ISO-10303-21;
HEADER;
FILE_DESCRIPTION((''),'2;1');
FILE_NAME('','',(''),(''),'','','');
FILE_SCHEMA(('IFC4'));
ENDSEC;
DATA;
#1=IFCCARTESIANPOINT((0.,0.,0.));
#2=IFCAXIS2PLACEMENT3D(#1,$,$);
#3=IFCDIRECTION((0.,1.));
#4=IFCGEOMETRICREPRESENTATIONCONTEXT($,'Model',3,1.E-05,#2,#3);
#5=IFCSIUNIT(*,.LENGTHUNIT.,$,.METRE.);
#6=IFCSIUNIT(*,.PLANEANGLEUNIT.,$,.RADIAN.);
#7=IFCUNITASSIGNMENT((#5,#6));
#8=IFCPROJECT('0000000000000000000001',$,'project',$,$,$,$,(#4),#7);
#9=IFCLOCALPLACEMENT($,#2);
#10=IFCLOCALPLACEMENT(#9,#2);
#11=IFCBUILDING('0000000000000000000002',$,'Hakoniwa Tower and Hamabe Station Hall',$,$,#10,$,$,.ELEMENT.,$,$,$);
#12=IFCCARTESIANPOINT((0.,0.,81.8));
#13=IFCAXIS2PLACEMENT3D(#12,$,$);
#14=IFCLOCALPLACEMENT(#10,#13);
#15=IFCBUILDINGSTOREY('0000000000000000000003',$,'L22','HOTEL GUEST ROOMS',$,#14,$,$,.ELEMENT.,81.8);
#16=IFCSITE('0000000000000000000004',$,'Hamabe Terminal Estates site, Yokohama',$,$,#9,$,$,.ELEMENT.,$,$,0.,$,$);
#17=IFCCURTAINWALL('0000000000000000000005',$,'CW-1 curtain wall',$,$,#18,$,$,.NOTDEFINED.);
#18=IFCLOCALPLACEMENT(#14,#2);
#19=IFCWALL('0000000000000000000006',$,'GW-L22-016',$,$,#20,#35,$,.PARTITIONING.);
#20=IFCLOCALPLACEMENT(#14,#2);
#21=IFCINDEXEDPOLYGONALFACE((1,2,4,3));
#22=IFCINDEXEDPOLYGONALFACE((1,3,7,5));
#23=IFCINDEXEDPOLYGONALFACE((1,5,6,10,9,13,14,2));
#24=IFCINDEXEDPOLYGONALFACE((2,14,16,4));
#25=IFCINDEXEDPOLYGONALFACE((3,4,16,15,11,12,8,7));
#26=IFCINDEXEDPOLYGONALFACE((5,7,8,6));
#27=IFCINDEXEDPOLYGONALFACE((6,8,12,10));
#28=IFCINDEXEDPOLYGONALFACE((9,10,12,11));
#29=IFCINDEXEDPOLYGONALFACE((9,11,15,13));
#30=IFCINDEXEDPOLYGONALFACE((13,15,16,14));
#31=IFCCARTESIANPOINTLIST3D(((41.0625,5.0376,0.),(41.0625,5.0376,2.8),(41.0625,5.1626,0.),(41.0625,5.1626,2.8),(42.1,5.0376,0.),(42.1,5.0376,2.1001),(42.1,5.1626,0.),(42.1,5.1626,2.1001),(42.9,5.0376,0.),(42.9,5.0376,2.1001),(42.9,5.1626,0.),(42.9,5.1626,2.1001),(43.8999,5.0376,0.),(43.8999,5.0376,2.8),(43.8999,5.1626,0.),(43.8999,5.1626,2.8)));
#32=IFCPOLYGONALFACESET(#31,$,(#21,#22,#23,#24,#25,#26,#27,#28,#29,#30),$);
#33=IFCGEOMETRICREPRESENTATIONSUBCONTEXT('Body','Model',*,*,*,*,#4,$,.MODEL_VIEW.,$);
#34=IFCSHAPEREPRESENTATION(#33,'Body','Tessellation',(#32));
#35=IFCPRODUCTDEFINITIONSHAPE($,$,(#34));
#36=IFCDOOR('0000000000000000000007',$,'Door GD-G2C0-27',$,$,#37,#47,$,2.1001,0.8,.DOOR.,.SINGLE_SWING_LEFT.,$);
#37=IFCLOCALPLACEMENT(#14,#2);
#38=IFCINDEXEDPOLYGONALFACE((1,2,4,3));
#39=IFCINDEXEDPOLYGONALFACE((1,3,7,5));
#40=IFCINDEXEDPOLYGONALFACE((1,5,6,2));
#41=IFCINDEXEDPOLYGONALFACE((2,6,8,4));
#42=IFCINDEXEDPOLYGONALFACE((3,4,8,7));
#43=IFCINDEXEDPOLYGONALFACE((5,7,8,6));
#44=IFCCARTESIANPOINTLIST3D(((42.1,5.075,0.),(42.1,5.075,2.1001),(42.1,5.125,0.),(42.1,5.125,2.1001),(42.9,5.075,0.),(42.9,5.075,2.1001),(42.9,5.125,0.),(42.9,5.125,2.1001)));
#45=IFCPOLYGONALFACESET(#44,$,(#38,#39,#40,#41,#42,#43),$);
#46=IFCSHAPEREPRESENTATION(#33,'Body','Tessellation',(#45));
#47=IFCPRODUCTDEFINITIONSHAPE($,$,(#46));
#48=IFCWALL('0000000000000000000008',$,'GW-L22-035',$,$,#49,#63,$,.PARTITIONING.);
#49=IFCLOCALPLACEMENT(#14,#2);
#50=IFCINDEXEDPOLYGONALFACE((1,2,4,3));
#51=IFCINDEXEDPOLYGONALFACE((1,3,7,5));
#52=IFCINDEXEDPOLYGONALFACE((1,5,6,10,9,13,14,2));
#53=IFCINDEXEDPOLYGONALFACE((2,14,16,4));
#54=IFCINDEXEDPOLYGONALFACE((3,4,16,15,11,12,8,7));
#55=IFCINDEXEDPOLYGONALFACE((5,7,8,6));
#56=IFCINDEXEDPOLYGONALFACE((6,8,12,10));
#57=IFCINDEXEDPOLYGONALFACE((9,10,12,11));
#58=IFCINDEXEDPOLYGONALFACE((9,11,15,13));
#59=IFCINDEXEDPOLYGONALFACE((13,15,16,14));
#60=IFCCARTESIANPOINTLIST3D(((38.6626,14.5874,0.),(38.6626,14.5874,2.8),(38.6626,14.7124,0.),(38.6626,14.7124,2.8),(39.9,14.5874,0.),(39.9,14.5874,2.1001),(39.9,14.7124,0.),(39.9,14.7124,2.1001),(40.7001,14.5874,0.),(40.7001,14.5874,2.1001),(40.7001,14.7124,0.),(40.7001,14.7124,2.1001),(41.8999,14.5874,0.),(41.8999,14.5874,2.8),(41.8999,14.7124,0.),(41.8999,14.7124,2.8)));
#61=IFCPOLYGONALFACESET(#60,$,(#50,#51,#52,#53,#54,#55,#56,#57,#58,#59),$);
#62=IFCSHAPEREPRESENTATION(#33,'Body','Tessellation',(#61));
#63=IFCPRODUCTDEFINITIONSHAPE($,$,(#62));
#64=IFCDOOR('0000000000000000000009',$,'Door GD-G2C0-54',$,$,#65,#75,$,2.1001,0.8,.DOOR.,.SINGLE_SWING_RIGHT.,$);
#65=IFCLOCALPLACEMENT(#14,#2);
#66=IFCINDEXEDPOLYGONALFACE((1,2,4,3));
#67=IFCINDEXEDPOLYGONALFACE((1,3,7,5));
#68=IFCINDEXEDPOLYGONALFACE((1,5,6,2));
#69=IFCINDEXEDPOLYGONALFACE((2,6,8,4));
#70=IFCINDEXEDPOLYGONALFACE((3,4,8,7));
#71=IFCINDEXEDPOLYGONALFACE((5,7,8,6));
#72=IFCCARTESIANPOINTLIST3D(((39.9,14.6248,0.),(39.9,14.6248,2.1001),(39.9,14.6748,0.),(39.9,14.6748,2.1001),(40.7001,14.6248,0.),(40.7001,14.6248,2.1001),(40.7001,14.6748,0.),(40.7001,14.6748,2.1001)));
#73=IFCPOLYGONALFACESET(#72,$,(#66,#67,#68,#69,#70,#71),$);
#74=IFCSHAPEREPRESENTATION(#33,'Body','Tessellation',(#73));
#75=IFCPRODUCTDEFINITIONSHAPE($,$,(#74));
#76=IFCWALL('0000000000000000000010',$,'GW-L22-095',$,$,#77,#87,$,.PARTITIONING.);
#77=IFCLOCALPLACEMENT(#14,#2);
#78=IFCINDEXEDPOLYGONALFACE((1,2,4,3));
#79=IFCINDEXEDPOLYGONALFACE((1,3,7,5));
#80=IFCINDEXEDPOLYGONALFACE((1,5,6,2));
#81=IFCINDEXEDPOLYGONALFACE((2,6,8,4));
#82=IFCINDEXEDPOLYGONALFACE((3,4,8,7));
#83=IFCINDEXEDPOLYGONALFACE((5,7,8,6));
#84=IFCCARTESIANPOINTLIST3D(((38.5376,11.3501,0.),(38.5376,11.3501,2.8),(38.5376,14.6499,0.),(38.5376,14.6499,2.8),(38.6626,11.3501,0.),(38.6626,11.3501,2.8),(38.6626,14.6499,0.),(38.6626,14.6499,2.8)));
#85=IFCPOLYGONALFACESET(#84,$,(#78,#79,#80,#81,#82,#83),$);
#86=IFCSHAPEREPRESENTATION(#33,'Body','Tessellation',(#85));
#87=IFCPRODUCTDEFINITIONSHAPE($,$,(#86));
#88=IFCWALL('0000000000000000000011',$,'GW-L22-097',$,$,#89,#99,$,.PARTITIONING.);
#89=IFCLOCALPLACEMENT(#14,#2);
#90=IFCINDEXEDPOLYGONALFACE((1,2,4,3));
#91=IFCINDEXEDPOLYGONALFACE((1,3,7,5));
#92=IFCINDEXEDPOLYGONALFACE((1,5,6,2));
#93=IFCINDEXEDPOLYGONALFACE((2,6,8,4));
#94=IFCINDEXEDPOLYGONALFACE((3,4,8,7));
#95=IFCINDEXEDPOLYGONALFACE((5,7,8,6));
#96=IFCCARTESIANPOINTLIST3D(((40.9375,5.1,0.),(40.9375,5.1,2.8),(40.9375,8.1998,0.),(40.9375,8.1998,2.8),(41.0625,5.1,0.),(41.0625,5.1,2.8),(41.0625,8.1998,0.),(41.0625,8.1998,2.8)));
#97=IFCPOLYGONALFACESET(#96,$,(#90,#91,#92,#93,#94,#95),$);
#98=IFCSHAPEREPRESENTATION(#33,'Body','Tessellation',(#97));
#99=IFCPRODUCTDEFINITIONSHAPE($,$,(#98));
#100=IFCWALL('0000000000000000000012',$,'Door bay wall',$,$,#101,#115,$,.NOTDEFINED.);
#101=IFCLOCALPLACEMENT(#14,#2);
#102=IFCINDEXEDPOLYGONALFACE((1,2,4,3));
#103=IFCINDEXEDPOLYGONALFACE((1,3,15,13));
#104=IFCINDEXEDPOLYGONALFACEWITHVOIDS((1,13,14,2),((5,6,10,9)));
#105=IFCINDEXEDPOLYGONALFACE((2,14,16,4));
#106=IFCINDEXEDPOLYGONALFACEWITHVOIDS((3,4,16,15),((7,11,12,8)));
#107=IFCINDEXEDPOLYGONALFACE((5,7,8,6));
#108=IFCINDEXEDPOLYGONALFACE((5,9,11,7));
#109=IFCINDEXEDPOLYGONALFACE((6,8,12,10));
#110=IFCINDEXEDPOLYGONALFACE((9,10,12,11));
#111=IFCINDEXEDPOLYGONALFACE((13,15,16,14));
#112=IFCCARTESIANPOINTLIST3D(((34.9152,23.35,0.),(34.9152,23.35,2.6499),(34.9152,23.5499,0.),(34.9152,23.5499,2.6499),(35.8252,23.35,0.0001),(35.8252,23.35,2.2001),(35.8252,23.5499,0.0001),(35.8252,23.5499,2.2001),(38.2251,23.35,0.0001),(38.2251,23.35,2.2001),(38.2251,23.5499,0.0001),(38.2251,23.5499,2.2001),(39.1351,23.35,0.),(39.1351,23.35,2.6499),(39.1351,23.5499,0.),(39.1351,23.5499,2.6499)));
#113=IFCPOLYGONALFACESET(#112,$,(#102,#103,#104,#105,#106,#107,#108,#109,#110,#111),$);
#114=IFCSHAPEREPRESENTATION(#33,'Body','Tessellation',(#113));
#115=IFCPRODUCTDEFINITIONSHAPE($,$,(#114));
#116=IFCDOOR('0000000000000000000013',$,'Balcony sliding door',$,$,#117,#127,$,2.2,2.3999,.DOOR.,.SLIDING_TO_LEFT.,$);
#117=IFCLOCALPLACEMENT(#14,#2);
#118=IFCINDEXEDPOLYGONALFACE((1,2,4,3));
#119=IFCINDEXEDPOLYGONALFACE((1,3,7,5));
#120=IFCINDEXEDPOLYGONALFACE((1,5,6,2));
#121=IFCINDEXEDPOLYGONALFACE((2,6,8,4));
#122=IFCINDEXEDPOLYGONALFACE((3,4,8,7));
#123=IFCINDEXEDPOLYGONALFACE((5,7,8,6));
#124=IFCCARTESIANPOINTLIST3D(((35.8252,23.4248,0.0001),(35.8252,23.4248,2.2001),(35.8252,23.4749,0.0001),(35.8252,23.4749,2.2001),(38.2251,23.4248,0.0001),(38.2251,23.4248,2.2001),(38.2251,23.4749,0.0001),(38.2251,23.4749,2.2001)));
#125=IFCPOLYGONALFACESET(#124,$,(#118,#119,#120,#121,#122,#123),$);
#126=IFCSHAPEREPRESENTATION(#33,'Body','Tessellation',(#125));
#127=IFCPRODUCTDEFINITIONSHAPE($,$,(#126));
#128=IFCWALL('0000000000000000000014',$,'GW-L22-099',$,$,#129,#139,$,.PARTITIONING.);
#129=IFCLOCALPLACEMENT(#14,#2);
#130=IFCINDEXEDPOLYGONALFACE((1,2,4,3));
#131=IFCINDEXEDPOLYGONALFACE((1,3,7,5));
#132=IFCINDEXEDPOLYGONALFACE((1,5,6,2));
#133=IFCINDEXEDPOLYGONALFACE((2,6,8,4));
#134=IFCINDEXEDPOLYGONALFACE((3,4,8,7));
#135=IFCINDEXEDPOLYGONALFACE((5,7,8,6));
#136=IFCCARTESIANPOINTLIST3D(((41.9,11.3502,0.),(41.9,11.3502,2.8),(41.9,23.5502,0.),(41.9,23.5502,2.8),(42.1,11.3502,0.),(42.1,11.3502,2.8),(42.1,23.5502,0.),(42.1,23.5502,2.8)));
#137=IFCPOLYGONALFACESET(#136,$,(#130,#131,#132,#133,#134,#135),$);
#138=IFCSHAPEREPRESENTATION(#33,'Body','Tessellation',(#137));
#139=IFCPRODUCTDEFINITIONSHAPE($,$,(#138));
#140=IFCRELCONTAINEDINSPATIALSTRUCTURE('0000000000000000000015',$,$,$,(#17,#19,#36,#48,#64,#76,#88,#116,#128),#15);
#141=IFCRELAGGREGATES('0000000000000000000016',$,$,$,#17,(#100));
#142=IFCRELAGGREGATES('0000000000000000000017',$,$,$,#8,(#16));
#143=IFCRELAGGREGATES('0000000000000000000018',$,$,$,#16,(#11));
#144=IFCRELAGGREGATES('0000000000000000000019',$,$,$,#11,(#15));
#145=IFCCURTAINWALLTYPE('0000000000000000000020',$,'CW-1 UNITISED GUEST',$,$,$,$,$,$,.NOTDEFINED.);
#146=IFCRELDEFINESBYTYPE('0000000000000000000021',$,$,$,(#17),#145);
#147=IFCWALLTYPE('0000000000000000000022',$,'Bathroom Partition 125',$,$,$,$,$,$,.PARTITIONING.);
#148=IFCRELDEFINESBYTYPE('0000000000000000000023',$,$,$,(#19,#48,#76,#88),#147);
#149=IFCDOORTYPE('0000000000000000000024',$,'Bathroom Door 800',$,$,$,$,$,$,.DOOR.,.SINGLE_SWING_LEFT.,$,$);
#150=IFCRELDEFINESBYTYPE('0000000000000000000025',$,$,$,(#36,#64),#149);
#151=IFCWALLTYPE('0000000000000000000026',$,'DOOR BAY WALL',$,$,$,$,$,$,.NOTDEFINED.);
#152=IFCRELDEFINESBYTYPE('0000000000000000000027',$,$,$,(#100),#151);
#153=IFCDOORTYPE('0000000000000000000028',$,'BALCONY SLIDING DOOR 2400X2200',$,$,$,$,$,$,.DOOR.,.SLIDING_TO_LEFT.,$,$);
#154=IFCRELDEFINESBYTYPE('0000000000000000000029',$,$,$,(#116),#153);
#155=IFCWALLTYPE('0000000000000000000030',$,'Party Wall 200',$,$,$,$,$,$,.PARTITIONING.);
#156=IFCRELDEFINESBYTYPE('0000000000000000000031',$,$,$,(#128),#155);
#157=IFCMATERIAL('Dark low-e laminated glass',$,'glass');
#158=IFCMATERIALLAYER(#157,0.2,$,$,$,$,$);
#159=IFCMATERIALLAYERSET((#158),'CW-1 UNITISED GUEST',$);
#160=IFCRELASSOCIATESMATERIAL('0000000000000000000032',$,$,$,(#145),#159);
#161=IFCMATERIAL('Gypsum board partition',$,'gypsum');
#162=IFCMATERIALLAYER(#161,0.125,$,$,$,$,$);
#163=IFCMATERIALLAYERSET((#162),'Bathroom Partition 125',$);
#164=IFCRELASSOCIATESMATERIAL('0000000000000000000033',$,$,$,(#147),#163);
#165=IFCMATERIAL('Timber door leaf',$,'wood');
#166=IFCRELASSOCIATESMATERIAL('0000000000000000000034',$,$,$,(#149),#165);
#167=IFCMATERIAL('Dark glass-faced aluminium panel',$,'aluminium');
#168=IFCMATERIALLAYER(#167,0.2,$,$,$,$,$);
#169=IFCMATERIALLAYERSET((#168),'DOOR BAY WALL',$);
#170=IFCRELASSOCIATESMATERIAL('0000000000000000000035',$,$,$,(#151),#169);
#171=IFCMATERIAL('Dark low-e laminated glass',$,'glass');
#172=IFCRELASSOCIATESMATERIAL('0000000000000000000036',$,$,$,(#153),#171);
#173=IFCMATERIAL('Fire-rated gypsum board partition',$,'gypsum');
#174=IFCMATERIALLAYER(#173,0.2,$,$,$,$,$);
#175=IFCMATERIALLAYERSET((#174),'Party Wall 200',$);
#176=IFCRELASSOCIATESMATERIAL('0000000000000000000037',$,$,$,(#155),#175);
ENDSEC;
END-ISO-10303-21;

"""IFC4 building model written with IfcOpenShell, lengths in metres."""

from ifc_helpers import new_model, si_unit, direction, frame, frame_2d, origin, place, context, subcontext, project, spatial, rectangle, extrude, material, layer, layer_set, type_object, element, fill, aggregate, save


model = new_model("IFC4")

# Units and contexts
model_context = context("Model", 3, precision=1e-05, world=origin(), true_north=direction((0.0, 1.0)))
body_context = subcontext(model_context, "Body", "Model", "MODEL_VIEW")
ifc_project = project(units=[si_unit("LENGTHUNIT", "METRE"), si_unit("PLANEANGLEUNIT", "RADIAN")], contexts=[model_context])

# Site, building, storey
site_placement = place(None, origin())
site = spatial("IfcSite", under=ifc_project, at=site_placement, Name="Hamabe Terminal Estates site, Yokohama", CompositionType="ELEMENT", RefElevation=0.0)
building_placement = place(site_placement, origin())
building = spatial("IfcBuilding", under=site, at=building_placement, Name="Hakoniwa Tower and Hamabe Station Hall", CompositionType="ELEMENT")
storey_placement = place(building_placement, frame((0.0, 0.0, 81.8)))
storey = spatial("IfcBuildingStorey", under=building, at=storey_placement, Name="L22", Description="HOTEL GUEST ROOMS", CompositionType="ELEMENT", Elevation=81.8)

# Curtain wall
ifc_material_1 = material(Name="Dark low-e laminated glass", Category="glass")
ifc_layer_1 = layer(ifc_material_1, 0.2)
ifc_layer_set_1 = layer_set([ifc_layer_1], Name="CW-1 UNITISED GUEST")
curtain_wall_type = type_object("IfcCurtainWallType", Name="CW-1 UNITISED GUEST", PredefinedType="NOTDEFINED", material=ifc_layer_set_1)
curtain_wall_1_placement = place(storey_placement, origin())
curtain_wall_1 = element("IfcCurtainWall", 1, at=curtain_wall_1_placement, inside=storey, type_object=curtain_wall_type, Name="CW-1 curtain wall", PredefinedType="NOTDEFINED")

# Walls, openings, doors
ifc_material_2 = material(Name="Gypsum board partition", Category="gypsum")
ifc_layer_2 = layer(ifc_material_2, 0.125)
ifc_layer_set_2 = layer_set([ifc_layer_2], Name="Bathroom Partition 125")
wall_type_1 = type_object("IfcWallType", Name="Bathroom Partition 125", PredefinedType="PARTITIONING", material=ifc_layer_set_2)
wall_1_placement = place(storey_placement, frame((41.0625, 5.1001, 0.0), z_axis=(0.0, 0.0, 1.0), x_axis=(1.0, 0.0, 0.0)))
wall_1 = element("IfcWall", 2, at=wall_1_placement, inside=storey, type_object=wall_type_1, Name="GW-L22-016", PredefinedType="PARTITIONING", context=body_context, shape_type="SweptSolid", body=[
    extrude(rectangle(XDim=2.8374, YDim=0.125, at=frame_2d((1.4187, 0.0))), origin(), (0.0, 0.0, 1.0), 2.8),
])
opening_1_placement = place(wall_1_placement, frame((1.0376, 0.0, 0.0)))
opening_1 = element("IfcOpeningElement", 3, at=opening_1_placement, cuts=wall_1, PredefinedType="OPENING", context=body_context, shape_type="SweptSolid", body=[
    extrude(rectangle(XDim=0.8, YDim=2.1001, at=frame_2d((0.3999, 1.05))), frame((0.0, 0.0725, 0.0), z_axis=(0.0, -1.0, 0.0), x_axis=(1.0, 0.0, 0.0)), (0.0, 0.0, 1.0), 0.145),
])
ifc_material_3 = material(Name="Timber door leaf", Category="wood")
door_type_1 = type_object("IfcDoorType", Name="Bathroom Door 800", OperationType="SINGLE_SWING_LEFT", PredefinedType="DOOR", material=ifc_material_3)
door_1_placement = place(opening_1_placement, origin())
door_1 = element("IfcDoor", 4, at=door_1_placement, inside=storey, type_object=door_type_1, Name="Door GD-G2C0-27", OperationType="SINGLE_SWING_LEFT", OverallHeight=2.1001, OverallWidth=0.8, PredefinedType="DOOR", context=body_context, shape_type="SweptSolid", body=[
    extrude(rectangle(XDim=0.8, YDim=2.1001, at=frame_2d((0.3999, 1.05))), frame((0.0, 0.0249, 0.0), z_axis=(0.0, -1.0, 0.0), x_axis=(1.0, 0.0, 0.0)), (0.0, 0.0, 1.0), 0.05),
])
fill(opening_1, door_1)
wall_2_placement = place(storey_placement, frame((38.6626, 14.6499, 0.0), z_axis=(0.0, 0.0, 1.0), x_axis=(1.0, 0.0, 0.0)))
wall_2 = element("IfcWall", 5, at=wall_2_placement, inside=storey, type_object=wall_type_1, Name="GW-L22-035", PredefinedType="PARTITIONING", context=body_context, shape_type="SweptSolid", body=[
    extrude(rectangle(XDim=3.2373, YDim=0.125, at=frame_2d((1.6187, 0.0))), origin(), (0.0, 0.0, 1.0), 2.8),
])
opening_2_placement = place(wall_2_placement, frame((1.2375, 0.0, 0.0)))
opening_2 = element("IfcOpeningElement", 6, at=opening_2_placement, cuts=wall_2, PredefinedType="OPENING", context=body_context, shape_type="SweptSolid", body=[
    extrude(rectangle(XDim=0.8, YDim=2.1001, at=frame_2d((0.3999, 1.05))), frame((0.0, 0.0725, 0.0), z_axis=(0.0, -1.0, 0.0), x_axis=(1.0, 0.0, 0.0)), (0.0, 0.0, 1.0), 0.145),
])
door_2_placement = place(opening_2_placement, origin())
door_2 = element("IfcDoor", 7, at=door_2_placement, inside=storey, type_object=door_type_1, Name="Door GD-G2C0-54", OperationType="SINGLE_SWING_RIGHT", OverallHeight=2.1001, OverallWidth=0.8, PredefinedType="DOOR", context=body_context, shape_type="SweptSolid", body=[
    extrude(rectangle(XDim=0.8, YDim=2.1001, at=frame_2d((0.3999, 1.05))), frame((0.0, 0.0249, 0.0), z_axis=(0.0, -1.0, 0.0), x_axis=(1.0, 0.0, 0.0)), (0.0, 0.0, 1.0), 0.05),
])
fill(opening_2, door_2)

# Walls
wall_3_placement = place(storey_placement, frame((38.6001, 11.3501, 0.0), z_axis=(0.0, 0.0, 1.0), x_axis=(0.0, 1.0, 0.0)))
element("IfcWall", 8, at=wall_3_placement, inside=storey, type_object=wall_type_1, Name="GW-L22-095", PredefinedType="PARTITIONING", context=body_context, shape_type="SweptSolid", body=[
    extrude(rectangle(XDim=3.2998, YDim=0.125, at=frame_2d((1.6499, 0.0))), origin(), (0.0, 0.0, 1.0), 2.8),
])
wall_4_placement = place(storey_placement, frame((41.0, 5.1001, 0.0), z_axis=(0.0, 0.0, 1.0), x_axis=(0.0, 1.0, 0.0)))
element("IfcWall", 9, at=wall_4_placement, inside=storey, type_object=wall_type_1, Name="GW-L22-097", PredefinedType="PARTITIONING", context=body_context, shape_type="SweptSolid", body=[
    extrude(rectangle(XDim=3.0999, YDim=0.125, at=frame_2d((1.5498, 0.0))), origin(), (0.0, 0.0, 1.0), 2.8),
])

# Wall, opening, door
ifc_material_4 = material(Name="Dark glass-faced aluminium panel", Category="aluminium")
ifc_layer_3 = layer(ifc_material_4, 0.2)
ifc_layer_set_3 = layer_set([ifc_layer_3], Name="DOOR BAY WALL")
wall_type_2 = type_object("IfcWallType", Name="DOOR BAY WALL", PredefinedType="NOTDEFINED", material=ifc_layer_set_3)
wall_5_placement = place(storey_placement, frame((39.135, 23.45, 0.0), z_axis=(0.0, 0.0, 1.0), x_axis=(-1.0, 0.0, 0.0)))
wall_5 = element("IfcWall", 10, at=wall_5_placement, type_object=wall_type_2, Name="Door bay wall", PredefinedType="NOTDEFINED", context=body_context, shape_type="SweptSolid", body=[
    extrude(rectangle(XDim=4.22, YDim=0.2, at=frame_2d((2.1099, 0.0))), origin(), (0.0, 0.0, 1.0), 2.6499),
])
opening_3_placement = place(wall_5_placement, frame((0.9099, 0.0, 0.0)))
opening_3 = element("IfcOpeningElement", 11, at=opening_3_placement, cuts=wall_5, PredefinedType="OPENING", context=body_context, shape_type="SweptSolid", body=[
    extrude(rectangle(XDim=2.3999, YDim=2.2, at=frame_2d((1.2, 1.1001))), frame((0.0, 0.1099, 0.0), z_axis=(0.0, -1.0, 0.0), x_axis=(1.0, 0.0, 0.0)), (0.0, 0.0, 1.0), 0.22),
])
ifc_material_5 = material(Name="Dark low-e laminated glass", Category="glass")
door_type_2 = type_object("IfcDoorType", Name="BALCONY SLIDING DOOR 2400X2200", OperationType="SLIDING_TO_LEFT", PredefinedType="DOOR", material=ifc_material_5)
door_3_placement = place(opening_3_placement, frame((2.3999, 0.0, 0.0), z_axis=(0.0, 0.0, 1.0), x_axis=(-1.0, 0.0, 0.0)))
door_3 = element("IfcDoor", 12, at=door_3_placement, inside=storey, type_object=door_type_2, Name="Balcony sliding door", OperationType="SLIDING_TO_LEFT", OverallHeight=2.2, OverallWidth=2.3999, PredefinedType="DOOR", context=body_context, shape_type="SweptSolid", body=[
    extrude(rectangle(XDim=2.3999, YDim=2.2, at=frame_2d((1.2, 1.1001))), frame((0.0, 0.0249, 0.0), z_axis=(0.0, -1.0, 0.0), x_axis=(1.0, 0.0, 0.0)), (0.0, 0.0, 1.0), 0.05),
])
fill(opening_3, door_3)
aggregate(curtain_wall_1, [wall_5])

# Wall
ifc_material_6 = material(Name="Fire-rated gypsum board partition", Category="gypsum")
ifc_layer_4 = layer(ifc_material_6, 0.2)
ifc_layer_set_4 = layer_set([ifc_layer_4], Name="Party Wall 200")
wall_type_3 = type_object("IfcWallType", Name="Party Wall 200", PredefinedType="PARTITIONING", material=ifc_layer_set_4)
wall_6_placement = place(storey_placement, frame((42.0, 11.3501, 0.0), z_axis=(0.0, 0.0, 1.0), x_axis=(0.0, 1.0, 0.0)))
element("IfcWall", 13, at=wall_6_placement, inside=storey, type_object=wall_type_3, Name="GW-L22-099", PredefinedType="PARTITIONING", context=body_context, shape_type="SweptSolid", body=[
    extrude(rectangle(XDim=12.2, YDim=0.2, at=frame_2d((6.1001, 0.0))), origin(), (0.0, 0.0, 1.0), 2.8),
])

save(model, "model.ifc")
